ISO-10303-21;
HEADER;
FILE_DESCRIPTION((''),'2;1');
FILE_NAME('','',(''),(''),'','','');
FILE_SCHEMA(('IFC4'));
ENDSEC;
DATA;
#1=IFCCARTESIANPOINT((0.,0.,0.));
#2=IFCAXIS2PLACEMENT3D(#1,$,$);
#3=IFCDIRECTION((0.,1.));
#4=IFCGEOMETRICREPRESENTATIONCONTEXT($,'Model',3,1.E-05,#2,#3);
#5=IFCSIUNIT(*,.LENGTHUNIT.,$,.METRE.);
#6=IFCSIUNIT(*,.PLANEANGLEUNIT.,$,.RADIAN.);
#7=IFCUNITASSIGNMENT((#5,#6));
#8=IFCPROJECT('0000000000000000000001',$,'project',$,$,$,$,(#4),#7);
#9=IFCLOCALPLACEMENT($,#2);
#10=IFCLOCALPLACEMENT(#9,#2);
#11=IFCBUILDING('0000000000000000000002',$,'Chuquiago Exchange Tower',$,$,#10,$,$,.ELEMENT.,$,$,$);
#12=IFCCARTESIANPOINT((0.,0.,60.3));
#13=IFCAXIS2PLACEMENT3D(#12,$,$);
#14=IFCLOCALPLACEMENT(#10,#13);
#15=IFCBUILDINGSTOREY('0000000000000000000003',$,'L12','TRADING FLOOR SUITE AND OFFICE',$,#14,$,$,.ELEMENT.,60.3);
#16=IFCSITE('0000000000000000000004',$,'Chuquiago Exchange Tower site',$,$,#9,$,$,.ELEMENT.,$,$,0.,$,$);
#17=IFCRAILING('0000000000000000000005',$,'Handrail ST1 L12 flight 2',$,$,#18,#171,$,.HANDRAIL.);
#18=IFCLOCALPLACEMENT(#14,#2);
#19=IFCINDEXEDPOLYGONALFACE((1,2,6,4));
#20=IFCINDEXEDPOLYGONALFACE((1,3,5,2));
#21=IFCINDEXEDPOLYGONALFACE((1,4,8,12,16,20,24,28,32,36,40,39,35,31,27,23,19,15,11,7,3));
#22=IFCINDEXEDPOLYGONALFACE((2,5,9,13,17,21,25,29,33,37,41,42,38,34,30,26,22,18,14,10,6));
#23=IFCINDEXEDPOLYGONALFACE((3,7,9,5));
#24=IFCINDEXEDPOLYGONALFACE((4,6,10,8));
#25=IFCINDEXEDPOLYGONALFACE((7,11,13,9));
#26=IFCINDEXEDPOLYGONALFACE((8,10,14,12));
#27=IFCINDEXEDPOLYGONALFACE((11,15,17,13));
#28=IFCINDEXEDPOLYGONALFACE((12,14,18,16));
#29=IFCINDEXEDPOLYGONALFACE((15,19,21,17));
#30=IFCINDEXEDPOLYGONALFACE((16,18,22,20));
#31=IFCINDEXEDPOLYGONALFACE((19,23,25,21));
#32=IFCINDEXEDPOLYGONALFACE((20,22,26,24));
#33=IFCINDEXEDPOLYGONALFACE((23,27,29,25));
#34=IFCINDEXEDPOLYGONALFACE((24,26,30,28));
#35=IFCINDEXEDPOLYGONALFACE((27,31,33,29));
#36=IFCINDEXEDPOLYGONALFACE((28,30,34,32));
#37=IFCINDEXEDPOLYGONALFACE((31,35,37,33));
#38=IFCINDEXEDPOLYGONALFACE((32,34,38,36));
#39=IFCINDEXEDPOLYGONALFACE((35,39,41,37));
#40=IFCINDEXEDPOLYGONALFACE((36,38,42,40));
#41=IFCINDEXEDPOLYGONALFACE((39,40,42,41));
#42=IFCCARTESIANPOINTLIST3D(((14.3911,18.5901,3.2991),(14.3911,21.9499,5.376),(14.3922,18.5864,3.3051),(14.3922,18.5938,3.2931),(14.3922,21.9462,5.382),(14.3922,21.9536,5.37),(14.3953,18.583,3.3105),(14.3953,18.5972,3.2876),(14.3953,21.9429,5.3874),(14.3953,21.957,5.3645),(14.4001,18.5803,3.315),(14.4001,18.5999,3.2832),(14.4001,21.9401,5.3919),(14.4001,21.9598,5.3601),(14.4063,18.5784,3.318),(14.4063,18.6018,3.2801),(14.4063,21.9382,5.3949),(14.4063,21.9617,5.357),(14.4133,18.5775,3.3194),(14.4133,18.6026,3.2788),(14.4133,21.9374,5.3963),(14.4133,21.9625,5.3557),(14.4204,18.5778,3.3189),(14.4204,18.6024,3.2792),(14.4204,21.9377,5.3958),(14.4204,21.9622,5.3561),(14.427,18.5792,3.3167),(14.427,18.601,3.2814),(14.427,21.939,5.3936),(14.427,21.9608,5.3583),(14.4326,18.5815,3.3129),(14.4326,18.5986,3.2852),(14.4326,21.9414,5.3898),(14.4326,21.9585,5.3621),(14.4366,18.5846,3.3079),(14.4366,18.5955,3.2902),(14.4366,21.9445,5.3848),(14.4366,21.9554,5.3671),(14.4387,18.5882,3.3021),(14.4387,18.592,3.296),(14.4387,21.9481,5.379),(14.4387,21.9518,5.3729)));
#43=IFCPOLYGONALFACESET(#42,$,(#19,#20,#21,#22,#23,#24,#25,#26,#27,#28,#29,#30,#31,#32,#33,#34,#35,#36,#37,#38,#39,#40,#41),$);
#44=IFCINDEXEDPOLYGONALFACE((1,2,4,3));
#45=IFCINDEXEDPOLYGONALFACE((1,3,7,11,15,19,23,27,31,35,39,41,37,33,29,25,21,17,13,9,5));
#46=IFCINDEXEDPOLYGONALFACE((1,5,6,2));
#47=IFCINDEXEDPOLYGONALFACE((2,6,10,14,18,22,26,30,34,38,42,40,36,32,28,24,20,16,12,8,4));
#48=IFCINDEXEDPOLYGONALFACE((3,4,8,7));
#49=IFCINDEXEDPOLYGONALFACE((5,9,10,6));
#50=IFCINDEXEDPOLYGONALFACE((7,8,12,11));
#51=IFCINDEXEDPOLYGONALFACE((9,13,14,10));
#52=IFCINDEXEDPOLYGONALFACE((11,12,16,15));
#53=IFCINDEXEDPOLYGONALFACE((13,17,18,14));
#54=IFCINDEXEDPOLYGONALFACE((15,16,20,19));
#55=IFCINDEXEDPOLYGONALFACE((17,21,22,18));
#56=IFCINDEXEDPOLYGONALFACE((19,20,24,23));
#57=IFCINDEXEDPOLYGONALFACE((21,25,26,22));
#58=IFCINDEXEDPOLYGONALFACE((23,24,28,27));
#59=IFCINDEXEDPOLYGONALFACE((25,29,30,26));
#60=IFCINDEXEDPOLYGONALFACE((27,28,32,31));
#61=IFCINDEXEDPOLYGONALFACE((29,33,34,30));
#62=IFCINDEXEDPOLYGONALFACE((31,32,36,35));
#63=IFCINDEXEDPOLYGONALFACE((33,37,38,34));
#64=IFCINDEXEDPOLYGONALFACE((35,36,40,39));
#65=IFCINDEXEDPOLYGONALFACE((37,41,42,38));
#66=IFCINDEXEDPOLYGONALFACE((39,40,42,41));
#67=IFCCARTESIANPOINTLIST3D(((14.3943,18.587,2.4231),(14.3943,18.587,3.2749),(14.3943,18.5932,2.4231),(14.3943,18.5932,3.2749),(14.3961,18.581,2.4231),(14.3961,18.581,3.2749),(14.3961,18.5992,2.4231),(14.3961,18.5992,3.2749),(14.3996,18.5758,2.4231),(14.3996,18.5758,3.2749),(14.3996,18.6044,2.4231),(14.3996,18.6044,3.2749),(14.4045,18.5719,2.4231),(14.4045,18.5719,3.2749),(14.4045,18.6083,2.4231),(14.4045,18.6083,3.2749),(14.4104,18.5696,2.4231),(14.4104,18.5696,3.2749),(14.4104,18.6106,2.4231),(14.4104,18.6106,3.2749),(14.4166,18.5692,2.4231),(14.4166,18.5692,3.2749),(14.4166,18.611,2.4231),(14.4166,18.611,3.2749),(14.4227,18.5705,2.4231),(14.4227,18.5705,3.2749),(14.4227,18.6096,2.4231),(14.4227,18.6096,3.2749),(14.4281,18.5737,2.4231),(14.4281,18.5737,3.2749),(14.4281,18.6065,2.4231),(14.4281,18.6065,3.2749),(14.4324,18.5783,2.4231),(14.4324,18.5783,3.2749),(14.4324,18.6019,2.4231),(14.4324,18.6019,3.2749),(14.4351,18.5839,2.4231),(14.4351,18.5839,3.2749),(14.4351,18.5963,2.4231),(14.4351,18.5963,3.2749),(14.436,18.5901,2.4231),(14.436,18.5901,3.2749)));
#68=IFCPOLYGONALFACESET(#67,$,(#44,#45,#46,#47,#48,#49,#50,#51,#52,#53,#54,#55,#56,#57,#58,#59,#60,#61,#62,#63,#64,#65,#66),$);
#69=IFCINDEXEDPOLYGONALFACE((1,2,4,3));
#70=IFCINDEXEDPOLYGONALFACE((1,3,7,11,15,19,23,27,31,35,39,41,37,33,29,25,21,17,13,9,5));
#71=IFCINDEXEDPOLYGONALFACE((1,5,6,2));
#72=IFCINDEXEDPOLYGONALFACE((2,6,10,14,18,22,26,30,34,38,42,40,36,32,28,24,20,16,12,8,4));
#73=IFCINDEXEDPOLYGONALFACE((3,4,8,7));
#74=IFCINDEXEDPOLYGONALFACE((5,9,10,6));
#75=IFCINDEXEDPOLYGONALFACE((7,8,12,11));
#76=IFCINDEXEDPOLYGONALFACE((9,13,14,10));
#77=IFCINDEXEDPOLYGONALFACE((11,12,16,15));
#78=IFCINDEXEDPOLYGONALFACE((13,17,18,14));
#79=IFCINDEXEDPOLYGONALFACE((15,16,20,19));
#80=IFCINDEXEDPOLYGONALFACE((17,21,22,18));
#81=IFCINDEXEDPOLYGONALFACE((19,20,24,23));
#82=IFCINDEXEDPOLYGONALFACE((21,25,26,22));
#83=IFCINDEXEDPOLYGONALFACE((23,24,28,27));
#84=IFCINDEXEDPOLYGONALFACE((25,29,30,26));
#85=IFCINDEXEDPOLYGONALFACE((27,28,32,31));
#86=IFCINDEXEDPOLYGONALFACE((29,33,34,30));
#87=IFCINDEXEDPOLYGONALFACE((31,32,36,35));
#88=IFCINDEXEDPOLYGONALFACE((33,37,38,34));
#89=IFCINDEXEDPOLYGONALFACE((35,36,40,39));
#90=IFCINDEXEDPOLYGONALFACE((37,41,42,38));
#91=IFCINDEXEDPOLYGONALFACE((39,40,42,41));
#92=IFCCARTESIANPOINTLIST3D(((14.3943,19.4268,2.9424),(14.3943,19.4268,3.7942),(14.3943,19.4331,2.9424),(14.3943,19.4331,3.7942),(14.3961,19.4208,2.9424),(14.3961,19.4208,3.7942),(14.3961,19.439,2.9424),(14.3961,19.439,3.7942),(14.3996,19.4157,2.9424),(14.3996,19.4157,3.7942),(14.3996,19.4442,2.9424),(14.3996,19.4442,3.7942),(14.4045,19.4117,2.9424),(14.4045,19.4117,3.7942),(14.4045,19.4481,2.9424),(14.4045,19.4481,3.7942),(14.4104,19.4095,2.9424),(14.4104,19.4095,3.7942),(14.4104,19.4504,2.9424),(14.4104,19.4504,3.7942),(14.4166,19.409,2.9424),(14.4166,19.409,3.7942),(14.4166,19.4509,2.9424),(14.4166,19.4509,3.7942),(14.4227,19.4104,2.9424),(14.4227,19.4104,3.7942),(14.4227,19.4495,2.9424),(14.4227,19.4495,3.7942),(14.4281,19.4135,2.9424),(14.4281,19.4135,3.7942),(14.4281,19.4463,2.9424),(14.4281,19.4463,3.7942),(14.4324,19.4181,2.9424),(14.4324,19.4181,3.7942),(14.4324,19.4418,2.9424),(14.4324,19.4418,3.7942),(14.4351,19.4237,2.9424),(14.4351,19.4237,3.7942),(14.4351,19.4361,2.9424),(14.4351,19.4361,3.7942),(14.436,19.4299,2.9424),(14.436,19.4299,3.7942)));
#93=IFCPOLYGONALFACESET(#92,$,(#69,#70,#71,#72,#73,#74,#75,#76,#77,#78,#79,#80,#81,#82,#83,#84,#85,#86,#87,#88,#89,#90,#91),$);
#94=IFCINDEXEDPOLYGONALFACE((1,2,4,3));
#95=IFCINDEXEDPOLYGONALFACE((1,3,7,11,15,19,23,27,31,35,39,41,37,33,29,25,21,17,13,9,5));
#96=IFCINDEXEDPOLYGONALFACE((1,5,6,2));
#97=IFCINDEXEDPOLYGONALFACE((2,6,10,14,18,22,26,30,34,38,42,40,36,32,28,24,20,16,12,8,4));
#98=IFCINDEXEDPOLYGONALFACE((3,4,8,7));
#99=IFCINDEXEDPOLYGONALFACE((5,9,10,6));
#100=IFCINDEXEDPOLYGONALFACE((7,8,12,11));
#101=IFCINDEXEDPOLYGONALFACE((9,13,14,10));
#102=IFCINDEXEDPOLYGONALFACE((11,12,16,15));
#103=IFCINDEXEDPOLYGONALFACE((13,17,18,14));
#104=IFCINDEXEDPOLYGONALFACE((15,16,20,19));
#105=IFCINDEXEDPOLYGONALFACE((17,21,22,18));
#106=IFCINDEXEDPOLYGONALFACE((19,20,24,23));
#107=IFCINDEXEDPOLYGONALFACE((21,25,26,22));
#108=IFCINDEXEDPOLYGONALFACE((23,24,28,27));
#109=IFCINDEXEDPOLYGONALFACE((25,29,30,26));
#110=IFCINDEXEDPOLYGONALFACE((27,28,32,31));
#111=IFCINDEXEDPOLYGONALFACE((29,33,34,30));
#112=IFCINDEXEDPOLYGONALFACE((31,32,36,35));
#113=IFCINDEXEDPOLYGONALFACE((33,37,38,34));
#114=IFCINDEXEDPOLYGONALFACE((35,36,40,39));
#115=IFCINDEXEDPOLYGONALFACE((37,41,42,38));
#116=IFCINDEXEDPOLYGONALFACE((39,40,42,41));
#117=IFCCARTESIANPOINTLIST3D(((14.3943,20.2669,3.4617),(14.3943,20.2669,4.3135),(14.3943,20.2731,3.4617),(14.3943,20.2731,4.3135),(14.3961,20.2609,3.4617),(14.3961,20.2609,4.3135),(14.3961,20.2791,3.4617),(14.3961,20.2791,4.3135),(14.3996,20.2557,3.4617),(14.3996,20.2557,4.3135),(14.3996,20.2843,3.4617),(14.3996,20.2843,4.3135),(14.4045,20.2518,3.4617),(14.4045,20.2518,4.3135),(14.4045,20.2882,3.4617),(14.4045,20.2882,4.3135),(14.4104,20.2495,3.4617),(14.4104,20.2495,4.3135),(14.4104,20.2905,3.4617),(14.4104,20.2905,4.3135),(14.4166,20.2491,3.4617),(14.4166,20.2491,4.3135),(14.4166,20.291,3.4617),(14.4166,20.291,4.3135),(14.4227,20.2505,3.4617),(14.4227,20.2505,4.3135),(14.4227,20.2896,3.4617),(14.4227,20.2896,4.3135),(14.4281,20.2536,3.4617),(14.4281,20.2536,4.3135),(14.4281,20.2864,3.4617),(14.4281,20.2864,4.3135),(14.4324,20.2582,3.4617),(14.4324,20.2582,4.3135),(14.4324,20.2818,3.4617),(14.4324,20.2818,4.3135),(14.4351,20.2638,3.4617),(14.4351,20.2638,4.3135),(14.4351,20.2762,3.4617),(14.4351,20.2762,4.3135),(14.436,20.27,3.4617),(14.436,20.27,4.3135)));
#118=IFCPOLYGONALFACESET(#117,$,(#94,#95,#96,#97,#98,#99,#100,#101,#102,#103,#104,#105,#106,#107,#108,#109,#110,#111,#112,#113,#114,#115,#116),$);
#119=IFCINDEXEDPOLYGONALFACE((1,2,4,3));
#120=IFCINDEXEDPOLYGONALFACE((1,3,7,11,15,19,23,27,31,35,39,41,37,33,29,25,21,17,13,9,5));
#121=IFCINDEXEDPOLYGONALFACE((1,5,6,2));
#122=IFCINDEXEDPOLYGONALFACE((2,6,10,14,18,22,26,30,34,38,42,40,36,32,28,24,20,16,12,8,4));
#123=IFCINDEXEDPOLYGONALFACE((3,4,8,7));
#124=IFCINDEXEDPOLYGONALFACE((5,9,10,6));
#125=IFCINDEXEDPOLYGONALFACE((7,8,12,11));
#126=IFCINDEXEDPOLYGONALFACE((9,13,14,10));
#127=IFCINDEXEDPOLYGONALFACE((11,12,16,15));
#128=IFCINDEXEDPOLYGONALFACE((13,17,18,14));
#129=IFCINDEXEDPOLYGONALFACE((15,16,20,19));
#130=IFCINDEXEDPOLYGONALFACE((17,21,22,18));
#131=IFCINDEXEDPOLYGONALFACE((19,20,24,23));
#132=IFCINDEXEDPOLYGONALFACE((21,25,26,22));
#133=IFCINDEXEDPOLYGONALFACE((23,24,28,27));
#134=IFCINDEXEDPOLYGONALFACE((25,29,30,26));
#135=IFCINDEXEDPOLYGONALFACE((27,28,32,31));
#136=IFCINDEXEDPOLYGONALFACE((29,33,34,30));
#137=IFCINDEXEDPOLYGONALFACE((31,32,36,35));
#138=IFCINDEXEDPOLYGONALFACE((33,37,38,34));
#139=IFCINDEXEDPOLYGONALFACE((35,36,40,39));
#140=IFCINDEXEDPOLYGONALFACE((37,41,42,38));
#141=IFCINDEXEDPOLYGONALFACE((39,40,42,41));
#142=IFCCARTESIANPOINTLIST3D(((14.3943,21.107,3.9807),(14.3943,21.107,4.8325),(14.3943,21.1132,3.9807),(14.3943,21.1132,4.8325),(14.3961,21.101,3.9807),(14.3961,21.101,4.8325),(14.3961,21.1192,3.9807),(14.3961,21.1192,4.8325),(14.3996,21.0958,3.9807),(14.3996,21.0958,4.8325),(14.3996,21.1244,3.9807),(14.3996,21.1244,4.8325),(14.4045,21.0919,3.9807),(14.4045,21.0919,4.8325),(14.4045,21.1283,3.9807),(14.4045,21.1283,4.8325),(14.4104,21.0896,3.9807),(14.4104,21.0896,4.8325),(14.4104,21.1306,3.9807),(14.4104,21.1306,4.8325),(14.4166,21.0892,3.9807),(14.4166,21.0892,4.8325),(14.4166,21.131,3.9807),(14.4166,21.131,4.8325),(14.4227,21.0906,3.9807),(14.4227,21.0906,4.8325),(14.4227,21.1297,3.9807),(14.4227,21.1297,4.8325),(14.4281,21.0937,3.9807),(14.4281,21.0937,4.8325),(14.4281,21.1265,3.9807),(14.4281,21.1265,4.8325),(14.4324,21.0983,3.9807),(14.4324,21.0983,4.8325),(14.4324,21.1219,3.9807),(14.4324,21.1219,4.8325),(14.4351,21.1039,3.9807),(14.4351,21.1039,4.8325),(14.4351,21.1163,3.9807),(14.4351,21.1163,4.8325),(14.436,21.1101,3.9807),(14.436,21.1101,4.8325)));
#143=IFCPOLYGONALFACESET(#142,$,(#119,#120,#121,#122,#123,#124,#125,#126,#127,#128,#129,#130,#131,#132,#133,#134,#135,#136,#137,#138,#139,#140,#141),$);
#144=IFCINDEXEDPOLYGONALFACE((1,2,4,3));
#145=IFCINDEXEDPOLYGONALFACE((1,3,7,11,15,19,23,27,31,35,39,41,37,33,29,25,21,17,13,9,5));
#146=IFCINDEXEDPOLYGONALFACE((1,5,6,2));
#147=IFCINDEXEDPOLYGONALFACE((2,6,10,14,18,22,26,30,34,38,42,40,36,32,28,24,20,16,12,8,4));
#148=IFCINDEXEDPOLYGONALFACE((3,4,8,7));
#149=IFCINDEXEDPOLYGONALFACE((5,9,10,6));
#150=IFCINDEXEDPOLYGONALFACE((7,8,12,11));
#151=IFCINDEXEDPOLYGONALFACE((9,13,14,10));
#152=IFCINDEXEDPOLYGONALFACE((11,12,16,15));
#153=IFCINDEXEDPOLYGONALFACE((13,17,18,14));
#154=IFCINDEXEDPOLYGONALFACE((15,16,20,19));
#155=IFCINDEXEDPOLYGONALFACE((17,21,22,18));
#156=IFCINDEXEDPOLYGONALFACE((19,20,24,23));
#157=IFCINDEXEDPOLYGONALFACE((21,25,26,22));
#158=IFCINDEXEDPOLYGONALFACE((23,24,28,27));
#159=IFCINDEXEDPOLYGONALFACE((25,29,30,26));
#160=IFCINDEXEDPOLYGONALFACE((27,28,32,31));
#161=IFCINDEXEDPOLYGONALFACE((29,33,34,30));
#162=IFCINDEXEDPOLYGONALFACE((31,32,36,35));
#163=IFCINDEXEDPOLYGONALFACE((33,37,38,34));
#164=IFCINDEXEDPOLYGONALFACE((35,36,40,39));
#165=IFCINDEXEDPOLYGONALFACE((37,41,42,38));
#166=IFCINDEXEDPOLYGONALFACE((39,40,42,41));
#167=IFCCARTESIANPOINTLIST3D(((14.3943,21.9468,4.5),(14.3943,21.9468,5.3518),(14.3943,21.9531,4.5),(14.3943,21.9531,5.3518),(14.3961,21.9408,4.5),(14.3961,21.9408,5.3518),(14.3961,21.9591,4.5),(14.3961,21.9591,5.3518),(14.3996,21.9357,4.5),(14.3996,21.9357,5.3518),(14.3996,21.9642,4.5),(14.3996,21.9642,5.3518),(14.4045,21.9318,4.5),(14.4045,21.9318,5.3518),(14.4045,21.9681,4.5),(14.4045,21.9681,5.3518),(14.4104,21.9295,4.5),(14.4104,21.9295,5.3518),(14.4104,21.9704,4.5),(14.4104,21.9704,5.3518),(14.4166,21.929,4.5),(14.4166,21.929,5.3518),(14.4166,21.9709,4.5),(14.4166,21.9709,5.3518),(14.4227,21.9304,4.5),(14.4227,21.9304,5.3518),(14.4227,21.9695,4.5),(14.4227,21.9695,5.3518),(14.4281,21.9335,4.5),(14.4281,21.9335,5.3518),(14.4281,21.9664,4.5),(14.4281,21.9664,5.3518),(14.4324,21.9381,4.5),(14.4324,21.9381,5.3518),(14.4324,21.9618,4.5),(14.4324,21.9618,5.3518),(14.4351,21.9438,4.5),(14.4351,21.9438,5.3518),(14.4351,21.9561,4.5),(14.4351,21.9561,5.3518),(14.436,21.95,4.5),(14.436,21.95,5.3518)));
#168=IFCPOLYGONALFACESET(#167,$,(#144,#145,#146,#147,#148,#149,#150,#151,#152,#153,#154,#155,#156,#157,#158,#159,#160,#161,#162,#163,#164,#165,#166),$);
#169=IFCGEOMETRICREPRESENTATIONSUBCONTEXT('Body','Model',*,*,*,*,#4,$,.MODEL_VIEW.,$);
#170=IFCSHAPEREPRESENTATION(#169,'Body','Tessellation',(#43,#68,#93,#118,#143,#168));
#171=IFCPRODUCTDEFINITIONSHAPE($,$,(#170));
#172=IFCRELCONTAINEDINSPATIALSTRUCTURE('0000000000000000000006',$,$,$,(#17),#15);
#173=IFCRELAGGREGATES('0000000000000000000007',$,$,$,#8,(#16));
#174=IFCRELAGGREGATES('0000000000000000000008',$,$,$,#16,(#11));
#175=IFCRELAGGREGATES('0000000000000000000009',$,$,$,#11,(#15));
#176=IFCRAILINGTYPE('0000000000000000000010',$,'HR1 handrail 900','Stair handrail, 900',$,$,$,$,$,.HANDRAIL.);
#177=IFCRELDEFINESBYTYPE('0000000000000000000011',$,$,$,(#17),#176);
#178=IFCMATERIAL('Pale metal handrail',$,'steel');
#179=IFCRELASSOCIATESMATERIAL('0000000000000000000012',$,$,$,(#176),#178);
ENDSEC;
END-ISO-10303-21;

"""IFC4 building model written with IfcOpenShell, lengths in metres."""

from ifc_helpers import new_model, si_unit, direction, frame, origin, origin_2d, place, context, subcontext, project, spatial, circle, extrude, material, type_object, element, save


model = new_model("IFC4")

# Units and contexts
model_context = context("Model", 3, precision=1e-05, world=origin(), true_north=direction((0.0, 1.0)))
body_context = subcontext(model_context, "Body", "Model", "MODEL_VIEW")
ifc_project = project(units=[si_unit("LENGTHUNIT", "METRE"), si_unit("PLANEANGLEUNIT", "RADIAN")], contexts=[model_context])

# Site, building, storey
site_placement = place(None, origin())
site = spatial("IfcSite", under=ifc_project, at=site_placement, Name="Chuquiago Exchange Tower site", CompositionType="ELEMENT", RefElevation=0.0)
building_placement = place(site_placement, origin())
building = spatial("IfcBuilding", under=site, at=building_placement, Name="Chuquiago Exchange Tower", CompositionType="ELEMENT")
storey_placement = place(building_placement, frame((0.0, 0.0, 60.3)))
storey = spatial("IfcBuildingStorey", under=building, at=storey_placement, Name="L12", Description="TRADING FLOOR SUITE AND OFFICE", CompositionType="ELEMENT", Elevation=60.3)

# Railing
ifc_material_1 = material(Name="Pale metal handrail", Category="steel")
railing_type_1 = type_object("IfcRailingType", Name="HR1 handrail 900", Description="Stair handrail, 900", PredefinedType="HANDRAIL", material=ifc_material_1)
for number, where, name in (
    (1, (14.415, 18.5901, 2.4231), "Handrail ST1 L12 flight 2"),
):
    element("IfcRailing", number, at=place(storey_placement, frame(where)), inside=storey, type_object=railing_type_1, Name=name, PredefinedType="HANDRAIL", context=body_context, shape_type="SweptSolid", body=[
        extrude(circle(Radius=0.0239, at=origin_2d()), frame((0.0, 0.0, 0.876), z_axis=(0.0, 0.850606, 0.525803), x_axis=(-1.0, 0.0, 0.0)), (0.0, 0.0, 1.0), 3.95),
        extrude(circle(Radius=0.021, at=origin_2d()), origin(), (0.0, 0.0, 1.0), 0.8518),
        extrude(circle(Radius=0.021, at=origin_2d()), frame((0.0, 0.8398, 0.5193)), (0.0, 0.0, 1.0), 0.8518),
        extrude(circle(Radius=0.021, at=origin_2d()), frame((0.0, 1.6799, 1.0386)), (0.0, 0.0, 1.0), 0.8518),
        extrude(circle(Radius=0.021, at=origin_2d()), frame((0.0, 2.52, 1.5576)), (0.0, 0.0, 1.0), 0.8518),
        extrude(circle(Radius=0.021, at=origin_2d()), frame((0.0, 3.3599, 2.0769)), (0.0, 0.0, 1.0), 0.8518),
    ])

save(model, "model.ifc")
